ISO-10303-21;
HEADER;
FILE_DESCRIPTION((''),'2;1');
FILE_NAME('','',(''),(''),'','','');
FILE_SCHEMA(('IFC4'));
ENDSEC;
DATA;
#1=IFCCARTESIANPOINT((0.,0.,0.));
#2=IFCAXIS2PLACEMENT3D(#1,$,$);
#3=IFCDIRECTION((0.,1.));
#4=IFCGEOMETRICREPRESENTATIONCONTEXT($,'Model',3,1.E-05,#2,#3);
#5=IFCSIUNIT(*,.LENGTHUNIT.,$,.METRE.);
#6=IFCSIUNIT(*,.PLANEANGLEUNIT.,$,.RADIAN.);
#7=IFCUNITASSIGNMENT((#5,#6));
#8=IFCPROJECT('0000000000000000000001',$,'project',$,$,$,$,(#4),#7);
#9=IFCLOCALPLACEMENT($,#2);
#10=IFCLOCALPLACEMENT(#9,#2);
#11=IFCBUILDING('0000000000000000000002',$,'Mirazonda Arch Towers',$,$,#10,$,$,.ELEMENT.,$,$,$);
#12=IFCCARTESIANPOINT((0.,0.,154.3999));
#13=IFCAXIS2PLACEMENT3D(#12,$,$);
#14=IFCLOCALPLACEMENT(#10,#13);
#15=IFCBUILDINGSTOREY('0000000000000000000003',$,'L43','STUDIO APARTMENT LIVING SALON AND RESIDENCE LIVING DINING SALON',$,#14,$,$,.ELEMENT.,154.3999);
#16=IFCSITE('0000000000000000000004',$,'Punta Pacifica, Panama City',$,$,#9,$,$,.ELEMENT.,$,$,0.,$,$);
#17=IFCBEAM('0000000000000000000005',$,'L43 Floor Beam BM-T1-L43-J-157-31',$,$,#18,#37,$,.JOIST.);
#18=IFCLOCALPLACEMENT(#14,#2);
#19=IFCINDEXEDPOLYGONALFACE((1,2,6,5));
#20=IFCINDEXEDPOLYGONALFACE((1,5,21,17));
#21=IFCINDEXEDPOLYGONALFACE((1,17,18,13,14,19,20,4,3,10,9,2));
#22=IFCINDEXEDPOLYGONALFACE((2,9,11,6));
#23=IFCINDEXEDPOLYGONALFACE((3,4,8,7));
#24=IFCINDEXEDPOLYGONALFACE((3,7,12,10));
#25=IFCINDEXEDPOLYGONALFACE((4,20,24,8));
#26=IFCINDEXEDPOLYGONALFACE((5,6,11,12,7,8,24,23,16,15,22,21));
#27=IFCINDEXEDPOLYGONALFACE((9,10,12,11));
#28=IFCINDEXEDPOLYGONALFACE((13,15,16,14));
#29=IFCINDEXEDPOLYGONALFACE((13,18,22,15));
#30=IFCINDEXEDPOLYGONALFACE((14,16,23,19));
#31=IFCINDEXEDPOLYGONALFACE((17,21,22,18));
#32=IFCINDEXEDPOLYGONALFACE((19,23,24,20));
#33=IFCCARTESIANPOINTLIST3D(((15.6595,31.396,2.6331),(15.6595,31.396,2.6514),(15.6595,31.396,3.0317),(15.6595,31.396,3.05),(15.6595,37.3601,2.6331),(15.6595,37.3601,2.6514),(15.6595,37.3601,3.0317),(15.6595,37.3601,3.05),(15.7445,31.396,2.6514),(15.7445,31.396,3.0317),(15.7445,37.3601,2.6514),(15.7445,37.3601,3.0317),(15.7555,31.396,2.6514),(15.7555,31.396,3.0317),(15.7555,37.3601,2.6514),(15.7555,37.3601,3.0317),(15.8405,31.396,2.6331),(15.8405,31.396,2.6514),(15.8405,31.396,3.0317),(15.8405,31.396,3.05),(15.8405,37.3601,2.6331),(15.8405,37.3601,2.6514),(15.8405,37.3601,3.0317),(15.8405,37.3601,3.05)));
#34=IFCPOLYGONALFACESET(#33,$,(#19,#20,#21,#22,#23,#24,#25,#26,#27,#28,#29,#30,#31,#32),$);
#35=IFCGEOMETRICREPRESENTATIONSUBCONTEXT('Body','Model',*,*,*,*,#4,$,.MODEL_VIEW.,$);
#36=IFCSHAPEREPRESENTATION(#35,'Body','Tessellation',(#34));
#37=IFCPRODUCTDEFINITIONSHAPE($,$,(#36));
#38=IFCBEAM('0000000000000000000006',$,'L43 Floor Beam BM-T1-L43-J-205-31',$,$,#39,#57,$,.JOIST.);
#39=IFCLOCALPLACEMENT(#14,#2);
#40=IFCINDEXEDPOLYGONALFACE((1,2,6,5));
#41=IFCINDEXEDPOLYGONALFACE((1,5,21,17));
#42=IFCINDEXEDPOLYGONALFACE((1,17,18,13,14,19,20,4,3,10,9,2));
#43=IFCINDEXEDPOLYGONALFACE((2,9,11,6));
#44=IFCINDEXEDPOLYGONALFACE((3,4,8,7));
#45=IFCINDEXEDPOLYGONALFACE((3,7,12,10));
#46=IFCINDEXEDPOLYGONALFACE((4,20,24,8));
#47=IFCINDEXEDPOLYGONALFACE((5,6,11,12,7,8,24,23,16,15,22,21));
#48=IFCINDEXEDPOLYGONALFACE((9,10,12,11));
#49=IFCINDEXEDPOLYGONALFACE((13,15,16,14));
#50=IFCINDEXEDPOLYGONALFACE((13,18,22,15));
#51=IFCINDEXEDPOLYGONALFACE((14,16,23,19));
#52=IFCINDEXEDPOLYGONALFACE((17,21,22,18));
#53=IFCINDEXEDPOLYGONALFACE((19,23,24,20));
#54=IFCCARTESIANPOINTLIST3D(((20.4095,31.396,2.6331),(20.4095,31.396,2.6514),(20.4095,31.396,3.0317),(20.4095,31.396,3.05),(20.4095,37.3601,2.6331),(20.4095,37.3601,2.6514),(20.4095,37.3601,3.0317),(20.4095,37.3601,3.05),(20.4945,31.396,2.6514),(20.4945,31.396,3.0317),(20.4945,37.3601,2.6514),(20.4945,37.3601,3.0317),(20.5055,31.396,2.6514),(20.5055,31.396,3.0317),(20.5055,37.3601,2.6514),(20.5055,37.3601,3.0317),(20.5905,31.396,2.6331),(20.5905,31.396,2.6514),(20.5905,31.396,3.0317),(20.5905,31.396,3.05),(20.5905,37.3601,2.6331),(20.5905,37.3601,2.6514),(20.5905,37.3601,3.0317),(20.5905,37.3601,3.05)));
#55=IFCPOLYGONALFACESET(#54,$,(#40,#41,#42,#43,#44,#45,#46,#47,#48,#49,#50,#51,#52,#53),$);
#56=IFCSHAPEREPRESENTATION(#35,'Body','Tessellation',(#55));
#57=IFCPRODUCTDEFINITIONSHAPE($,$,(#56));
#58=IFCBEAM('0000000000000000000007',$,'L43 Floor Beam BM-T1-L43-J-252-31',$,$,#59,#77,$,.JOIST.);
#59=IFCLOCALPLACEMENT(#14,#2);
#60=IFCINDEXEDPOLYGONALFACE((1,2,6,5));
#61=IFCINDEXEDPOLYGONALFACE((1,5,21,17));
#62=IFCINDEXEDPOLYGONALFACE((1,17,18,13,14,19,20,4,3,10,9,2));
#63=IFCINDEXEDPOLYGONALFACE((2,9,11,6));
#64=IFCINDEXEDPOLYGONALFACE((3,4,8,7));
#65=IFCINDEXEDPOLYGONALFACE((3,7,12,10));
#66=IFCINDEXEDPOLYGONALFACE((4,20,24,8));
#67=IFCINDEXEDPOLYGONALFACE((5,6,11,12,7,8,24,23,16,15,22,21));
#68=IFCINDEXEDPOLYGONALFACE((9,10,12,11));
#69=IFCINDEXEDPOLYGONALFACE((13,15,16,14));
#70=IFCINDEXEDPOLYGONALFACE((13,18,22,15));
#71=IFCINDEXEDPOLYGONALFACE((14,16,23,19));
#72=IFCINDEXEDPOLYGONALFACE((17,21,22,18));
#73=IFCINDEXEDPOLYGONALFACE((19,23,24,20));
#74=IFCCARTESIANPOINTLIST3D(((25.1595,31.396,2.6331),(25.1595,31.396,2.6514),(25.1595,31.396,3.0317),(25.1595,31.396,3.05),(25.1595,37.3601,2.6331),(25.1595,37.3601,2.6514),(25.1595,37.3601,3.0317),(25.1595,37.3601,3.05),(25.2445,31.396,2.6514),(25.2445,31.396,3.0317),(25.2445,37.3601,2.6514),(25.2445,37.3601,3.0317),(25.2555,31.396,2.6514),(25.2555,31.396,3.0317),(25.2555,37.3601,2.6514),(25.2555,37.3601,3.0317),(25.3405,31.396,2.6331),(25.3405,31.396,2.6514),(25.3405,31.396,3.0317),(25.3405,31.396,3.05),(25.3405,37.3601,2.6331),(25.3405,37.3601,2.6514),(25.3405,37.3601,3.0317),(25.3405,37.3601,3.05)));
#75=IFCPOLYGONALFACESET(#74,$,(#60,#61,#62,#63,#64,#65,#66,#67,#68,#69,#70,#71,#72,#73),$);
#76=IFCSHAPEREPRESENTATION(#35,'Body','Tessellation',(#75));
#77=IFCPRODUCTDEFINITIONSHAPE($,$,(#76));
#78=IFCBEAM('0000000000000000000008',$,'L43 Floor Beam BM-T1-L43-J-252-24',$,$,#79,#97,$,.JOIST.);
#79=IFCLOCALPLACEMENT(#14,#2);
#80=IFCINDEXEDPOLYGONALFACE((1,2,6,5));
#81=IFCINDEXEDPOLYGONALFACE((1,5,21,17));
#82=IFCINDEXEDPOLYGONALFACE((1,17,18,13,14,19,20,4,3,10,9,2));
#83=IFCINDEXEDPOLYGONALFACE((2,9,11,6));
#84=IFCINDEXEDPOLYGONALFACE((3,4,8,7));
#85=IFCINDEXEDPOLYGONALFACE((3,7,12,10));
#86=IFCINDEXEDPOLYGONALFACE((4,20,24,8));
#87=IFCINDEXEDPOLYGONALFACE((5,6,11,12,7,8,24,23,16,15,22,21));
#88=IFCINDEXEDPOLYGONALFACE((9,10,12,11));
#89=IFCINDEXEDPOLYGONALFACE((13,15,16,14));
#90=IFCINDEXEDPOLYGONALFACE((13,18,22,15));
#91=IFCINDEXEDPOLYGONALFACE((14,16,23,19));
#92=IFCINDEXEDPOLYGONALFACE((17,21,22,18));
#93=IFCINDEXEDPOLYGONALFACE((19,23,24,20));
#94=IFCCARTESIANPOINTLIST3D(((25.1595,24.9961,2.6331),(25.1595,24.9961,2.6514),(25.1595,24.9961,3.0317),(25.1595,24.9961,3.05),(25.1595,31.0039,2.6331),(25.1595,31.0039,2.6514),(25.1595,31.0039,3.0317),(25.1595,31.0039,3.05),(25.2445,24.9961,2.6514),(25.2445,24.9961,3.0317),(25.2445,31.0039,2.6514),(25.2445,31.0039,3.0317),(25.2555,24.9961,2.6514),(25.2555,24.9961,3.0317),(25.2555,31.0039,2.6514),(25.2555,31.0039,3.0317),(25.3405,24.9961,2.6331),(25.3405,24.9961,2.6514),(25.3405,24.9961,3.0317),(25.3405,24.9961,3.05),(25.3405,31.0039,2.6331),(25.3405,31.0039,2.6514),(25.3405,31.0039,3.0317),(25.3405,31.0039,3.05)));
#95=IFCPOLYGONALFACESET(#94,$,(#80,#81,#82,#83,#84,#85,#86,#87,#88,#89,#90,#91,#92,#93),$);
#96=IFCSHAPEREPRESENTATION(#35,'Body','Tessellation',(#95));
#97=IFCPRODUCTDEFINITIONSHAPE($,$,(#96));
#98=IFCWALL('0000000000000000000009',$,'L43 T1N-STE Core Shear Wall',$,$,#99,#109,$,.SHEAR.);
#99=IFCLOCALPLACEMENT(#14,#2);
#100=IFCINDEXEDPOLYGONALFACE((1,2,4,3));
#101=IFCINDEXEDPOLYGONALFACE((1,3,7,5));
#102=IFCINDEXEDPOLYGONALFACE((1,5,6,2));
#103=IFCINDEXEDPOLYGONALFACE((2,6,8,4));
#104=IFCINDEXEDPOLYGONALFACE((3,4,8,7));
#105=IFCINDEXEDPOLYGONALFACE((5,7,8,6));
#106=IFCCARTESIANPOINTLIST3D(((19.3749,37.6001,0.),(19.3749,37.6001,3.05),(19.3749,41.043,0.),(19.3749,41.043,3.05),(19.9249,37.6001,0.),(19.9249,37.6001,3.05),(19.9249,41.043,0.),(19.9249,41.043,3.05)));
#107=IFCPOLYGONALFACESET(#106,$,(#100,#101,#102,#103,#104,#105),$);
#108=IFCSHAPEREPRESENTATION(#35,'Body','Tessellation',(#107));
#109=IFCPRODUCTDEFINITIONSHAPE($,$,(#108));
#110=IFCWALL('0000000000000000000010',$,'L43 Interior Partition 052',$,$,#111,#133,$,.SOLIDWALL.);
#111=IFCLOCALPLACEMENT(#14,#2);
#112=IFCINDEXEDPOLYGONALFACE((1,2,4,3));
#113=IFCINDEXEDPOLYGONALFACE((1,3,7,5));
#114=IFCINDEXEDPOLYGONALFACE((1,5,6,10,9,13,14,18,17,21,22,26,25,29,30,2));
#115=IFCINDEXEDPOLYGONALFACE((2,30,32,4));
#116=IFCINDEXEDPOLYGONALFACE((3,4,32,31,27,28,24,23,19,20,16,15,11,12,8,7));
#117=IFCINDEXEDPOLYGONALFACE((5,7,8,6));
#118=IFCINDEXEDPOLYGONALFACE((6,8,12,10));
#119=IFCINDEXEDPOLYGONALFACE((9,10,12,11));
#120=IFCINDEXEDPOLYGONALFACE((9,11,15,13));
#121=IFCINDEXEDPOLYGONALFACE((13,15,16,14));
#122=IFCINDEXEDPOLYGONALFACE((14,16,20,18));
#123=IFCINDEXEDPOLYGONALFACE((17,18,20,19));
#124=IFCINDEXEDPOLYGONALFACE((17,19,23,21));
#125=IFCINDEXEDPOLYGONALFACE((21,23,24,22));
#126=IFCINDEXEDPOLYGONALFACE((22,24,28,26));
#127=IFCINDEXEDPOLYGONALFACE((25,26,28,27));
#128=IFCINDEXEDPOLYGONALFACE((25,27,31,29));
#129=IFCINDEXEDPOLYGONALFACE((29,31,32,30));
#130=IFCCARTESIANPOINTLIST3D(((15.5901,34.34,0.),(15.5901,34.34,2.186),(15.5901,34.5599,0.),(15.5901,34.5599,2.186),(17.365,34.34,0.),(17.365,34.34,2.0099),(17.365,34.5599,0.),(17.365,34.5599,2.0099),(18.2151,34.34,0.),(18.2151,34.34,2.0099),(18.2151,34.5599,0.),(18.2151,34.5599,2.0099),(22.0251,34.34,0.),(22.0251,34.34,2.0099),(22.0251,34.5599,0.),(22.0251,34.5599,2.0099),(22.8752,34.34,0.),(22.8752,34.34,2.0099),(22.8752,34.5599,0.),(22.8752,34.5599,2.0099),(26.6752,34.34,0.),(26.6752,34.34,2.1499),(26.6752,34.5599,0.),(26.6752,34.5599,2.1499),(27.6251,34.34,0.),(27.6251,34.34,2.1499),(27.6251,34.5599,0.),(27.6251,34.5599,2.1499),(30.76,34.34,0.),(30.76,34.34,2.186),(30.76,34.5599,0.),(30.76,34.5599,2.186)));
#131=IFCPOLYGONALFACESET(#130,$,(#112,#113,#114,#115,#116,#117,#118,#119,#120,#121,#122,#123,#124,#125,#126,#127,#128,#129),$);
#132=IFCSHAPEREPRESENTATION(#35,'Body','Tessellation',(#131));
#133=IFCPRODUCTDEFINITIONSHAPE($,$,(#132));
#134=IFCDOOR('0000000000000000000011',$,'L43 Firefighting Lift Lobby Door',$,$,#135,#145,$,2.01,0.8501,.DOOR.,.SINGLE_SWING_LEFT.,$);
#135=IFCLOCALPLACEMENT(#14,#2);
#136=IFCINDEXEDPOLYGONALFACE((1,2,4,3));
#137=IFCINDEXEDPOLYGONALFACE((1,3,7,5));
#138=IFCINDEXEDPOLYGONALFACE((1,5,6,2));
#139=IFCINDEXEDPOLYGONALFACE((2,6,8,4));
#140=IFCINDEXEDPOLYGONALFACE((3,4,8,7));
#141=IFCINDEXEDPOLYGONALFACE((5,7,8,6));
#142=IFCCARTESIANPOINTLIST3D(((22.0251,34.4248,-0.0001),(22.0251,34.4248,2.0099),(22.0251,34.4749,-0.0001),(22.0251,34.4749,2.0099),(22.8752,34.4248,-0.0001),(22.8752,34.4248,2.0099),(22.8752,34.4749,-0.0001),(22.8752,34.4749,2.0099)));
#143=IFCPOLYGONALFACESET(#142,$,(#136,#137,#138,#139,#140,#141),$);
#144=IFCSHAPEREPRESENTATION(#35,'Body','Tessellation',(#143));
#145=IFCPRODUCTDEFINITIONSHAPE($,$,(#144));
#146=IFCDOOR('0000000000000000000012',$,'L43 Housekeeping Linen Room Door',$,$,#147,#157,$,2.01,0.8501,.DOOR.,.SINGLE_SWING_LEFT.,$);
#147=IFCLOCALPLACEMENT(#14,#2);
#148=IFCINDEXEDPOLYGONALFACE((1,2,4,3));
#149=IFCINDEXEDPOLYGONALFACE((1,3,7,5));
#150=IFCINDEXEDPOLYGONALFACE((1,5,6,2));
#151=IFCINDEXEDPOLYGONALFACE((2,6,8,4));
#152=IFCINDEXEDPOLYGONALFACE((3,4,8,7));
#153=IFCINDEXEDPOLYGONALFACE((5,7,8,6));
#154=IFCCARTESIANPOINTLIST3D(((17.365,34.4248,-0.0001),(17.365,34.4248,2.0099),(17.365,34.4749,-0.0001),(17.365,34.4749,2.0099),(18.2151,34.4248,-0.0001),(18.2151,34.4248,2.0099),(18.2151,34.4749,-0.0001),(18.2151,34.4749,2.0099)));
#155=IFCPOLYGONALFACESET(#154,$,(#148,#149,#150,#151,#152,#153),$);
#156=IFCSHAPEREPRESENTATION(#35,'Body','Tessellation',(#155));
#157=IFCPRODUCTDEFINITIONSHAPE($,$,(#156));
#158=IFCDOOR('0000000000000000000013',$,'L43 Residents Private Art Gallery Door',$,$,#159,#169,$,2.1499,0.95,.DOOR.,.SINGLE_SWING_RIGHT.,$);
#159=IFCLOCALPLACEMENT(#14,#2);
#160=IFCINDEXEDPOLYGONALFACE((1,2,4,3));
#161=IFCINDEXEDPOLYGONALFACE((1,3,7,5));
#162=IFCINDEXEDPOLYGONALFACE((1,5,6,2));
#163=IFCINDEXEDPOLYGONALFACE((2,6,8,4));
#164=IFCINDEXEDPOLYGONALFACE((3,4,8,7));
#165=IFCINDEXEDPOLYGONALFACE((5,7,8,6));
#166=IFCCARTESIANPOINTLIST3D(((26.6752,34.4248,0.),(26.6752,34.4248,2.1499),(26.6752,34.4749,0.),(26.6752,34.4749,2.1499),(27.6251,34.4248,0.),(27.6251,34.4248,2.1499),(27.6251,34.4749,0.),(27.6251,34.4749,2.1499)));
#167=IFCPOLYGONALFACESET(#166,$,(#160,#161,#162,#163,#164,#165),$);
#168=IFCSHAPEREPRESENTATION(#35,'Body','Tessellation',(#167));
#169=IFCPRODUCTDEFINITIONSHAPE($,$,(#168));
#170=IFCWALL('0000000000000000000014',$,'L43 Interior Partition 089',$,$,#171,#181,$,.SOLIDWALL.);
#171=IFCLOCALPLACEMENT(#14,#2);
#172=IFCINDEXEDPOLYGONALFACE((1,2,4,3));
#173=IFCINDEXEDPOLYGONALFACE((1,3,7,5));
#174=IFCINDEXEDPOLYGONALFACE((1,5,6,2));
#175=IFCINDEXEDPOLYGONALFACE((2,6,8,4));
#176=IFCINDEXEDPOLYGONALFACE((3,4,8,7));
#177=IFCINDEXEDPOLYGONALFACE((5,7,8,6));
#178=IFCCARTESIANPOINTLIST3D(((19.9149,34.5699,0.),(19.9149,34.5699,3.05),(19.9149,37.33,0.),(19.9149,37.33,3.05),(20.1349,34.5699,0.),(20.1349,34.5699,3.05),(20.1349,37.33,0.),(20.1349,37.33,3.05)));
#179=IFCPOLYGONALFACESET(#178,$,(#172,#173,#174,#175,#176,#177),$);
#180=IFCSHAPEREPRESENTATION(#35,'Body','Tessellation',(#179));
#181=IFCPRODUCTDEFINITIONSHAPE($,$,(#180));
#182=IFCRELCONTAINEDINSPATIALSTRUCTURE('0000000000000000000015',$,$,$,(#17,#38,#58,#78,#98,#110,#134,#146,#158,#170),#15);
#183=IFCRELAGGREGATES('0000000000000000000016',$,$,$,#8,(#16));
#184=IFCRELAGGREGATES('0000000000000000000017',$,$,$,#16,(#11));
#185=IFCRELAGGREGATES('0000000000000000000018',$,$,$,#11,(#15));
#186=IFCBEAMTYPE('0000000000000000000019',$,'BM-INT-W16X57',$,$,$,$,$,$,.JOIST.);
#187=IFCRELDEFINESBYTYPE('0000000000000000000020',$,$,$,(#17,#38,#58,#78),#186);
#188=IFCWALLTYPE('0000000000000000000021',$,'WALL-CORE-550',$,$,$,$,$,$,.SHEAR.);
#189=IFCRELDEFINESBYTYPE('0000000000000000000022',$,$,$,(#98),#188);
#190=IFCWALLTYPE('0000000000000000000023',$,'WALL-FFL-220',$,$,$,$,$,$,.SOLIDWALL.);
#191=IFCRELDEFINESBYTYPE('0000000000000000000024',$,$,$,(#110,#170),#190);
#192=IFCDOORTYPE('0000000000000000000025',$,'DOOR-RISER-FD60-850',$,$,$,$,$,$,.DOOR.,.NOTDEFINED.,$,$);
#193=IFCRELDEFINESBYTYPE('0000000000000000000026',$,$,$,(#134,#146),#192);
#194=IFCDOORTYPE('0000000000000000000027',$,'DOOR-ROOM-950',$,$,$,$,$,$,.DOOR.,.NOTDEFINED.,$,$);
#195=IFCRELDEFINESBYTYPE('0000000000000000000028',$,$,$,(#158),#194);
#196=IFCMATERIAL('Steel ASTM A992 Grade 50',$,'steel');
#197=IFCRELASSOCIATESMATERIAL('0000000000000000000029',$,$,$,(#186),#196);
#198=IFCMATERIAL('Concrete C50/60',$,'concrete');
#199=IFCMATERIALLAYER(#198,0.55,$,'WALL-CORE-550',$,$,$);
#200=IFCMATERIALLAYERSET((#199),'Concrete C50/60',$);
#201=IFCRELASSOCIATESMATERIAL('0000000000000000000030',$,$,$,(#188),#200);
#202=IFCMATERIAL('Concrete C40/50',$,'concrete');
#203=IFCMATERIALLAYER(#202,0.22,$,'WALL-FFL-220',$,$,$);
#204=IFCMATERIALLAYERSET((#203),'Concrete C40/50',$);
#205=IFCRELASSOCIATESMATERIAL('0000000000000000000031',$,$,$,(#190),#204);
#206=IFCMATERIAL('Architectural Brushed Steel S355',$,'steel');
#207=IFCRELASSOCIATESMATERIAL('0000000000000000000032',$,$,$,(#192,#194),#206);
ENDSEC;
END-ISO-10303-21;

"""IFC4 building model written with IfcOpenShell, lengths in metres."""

from ifc_helpers import new_model, si_unit, direction, frame, frame_2d, origin, origin_2d, place, context, subcontext, project, spatial, rectangle, i_section, extrude, material, layer, layer_set, material_profile, profile_set, type_object, element, fill, save


model = new_model("IFC4")

# Units and contexts
model_context = context("Model", 3, precision=1e-05, world=origin(), true_north=direction((0.0, 1.0)))
body_context = subcontext(model_context, "Body", "Model", "MODEL_VIEW")
ifc_project = project(units=[si_unit("LENGTHUNIT", "METRE"), si_unit("PLANEANGLEUNIT", "RADIAN")], contexts=[model_context])

# Site, building, storey
site_placement = place(None, origin())
site = spatial("IfcSite", under=ifc_project, at=site_placement, Name="Punta Pacifica, Panama City", CompositionType="ELEMENT", RefElevation=0.0)
building_placement = place(site_placement, origin())
building = spatial("IfcBuilding", under=site, at=building_placement, Name="Mirazonda Arch Towers", CompositionType="ELEMENT")
storey_placement = place(building_placement, frame((0.0, 0.0, 154.3999)))
storey = spatial("IfcBuildingStorey", under=building, at=storey_placement, Name="L43", Description="STUDIO APARTMENT LIVING SALON AND RESIDENCE LIVING DINING SALON", CompositionType="ELEMENT", Elevation=154.3999)

# Beams
ifc_material_1 = material(Name="Steel ASTM A992 Grade 50", Category="steel")
ifc_material_profile = material_profile(ifc_material_1, i_section(OverallWidth=0.1809, OverallDepth=0.417, WebThickness=0.011, FlangeThickness=0.0183, at=origin_2d()), Name="W16X57")
ifc_profile_set = profile_set([ifc_material_profile], Name="Steel ASTM A992 Grade 50")
beam_type = type_object("IfcBeamType", Name="BM-INT-W16X57", PredefinedType="JOIST", material=ifc_profile_set)
for number, where, z_axis, x_axis, name in (
    (1, (15.75, 31.396, 2.8416), (0.0, 1.0, 0.0), (-1.0, 0.0, 0.0), "L43 Floor Beam BM-T1-L43-J-157-31"),
    (2, (20.5, 31.396, 2.8416), (0.0, 1.0, 0.0), (-1.0, 0.0, 0.0), "L43 Floor Beam BM-T1-L43-J-205-31"),
    (3, (25.25, 31.396, 2.8416), (0.0, 1.0, 0.0), (-1.0, 0.0, 0.0), "L43 Floor Beam BM-T1-L43-J-252-31"),
):
    element("IfcBeam", number, at=place(storey_placement, frame(where, z_axis=z_axis, x_axis=x_axis)), inside=storey, type_object=beam_type, Name=name, PredefinedType="JOIST", context=body_context, shape_type="SweptSolid", body=[
        extrude(i_section(OverallWidth=0.1809, OverallDepth=0.417, WebThickness=0.011, FlangeThickness=0.0183, at=origin_2d()), origin(), (0.0, 0.0, 1.0), 5.9641),
    ])
beam_placement = place(storey_placement, frame((25.25, 24.9961, 2.8416), z_axis=(0.0, 1.0, 0.0), x_axis=(-1.0, 0.0, 0.0)))
element("IfcBeam", 4, at=beam_placement, inside=storey, type_object=beam_type, Name="L43 Floor Beam BM-T1-L43-J-252-24", PredefinedType="JOIST", context=body_context, shape_type="SweptSolid", body=[
    extrude(i_section(OverallWidth=0.1809, OverallDepth=0.417, WebThickness=0.011, FlangeThickness=0.0183, at=origin_2d()), origin(), (0.0, 0.0, 1.0), 6.0078),
])

# Wall
ifc_material_2 = material(Name="Concrete C50/60", Category="concrete")
ifc_layer_1 = layer(ifc_material_2, 0.55, Name="WALL-CORE-550")
ifc_layer_set_1 = layer_set([ifc_layer_1], Name="Concrete C50/60")
wall_type_1 = type_object("IfcWallType", Name="WALL-CORE-550", PredefinedType="SHEAR", material=ifc_layer_set_1)
wall_1_placement = place(storey_placement, frame((19.6499, 37.6001, 0.0), z_axis=(0.0, 0.0, 1.0), x_axis=(0.0, 1.0, 0.0)))
element("IfcWall", 5, at=wall_1_placement, inside=storey, type_object=wall_type_1, Name="L43 T1N-STE Core Shear Wall", PredefinedType="SHEAR", context=body_context, shape_type="SweptSolid", body=[
    extrude(rectangle(XDim=3.4429, YDim=0.55, at=frame_2d((1.7214, 0.0))), origin(), (0.0, 0.0, 1.0), 3.05),
])

# Wall, openings, doors
ifc_material_3 = material(Name="Concrete C40/50", Category="concrete")
ifc_layer_2 = layer(ifc_material_3, 0.22, Name="WALL-FFL-220")
ifc_layer_set_2 = layer_set([ifc_layer_2], Name="Concrete C40/50")
wall_type_2 = type_object("IfcWallType", Name="WALL-FFL-220", PredefinedType="SOLIDWALL", material=ifc_layer_set_2)
wall_2_placement = place(storey_placement, frame((15.5901, 34.45, 0.0), z_axis=(0.0, 0.0, 1.0), x_axis=(1.0, 0.0, 0.0)))
wall_2 = element("IfcWall", 6, at=wall_2_placement, inside=storey, type_object=wall_type_2, Name="L43 Interior Partition 052", PredefinedType="SOLIDWALL", context=body_context, shape_type="SweptSolid", body=[
    extrude(rectangle(XDim=15.1699, YDim=0.22, at=frame_2d((7.585, 0.0))), origin(), (0.0, 0.0, 1.0), 2.186),
])
opening_1_placement = place(wall_2_placement, frame((6.4351, 0.0, 0.0)))
opening_1 = element("IfcOpeningElement", 7, at=opening_1_placement, cuts=wall_2, PredefinedType="OPENING", context=body_context, shape_type="SweptSolid", body=[
    extrude(rectangle(XDim=0.8501, YDim=2.01, at=frame_2d((0.425, 1.0049))), frame((0.0, 0.1199, 0.0), z_axis=(0.0, -1.0, 0.0), x_axis=(1.0, 0.0, 0.0)), (0.0, 0.0, 1.0), 0.24),
])
opening_2_placement = place(wall_2_placement, frame((11.085, 0.0, 0.0)))
opening_2 = element("IfcOpeningElement", 8, at=opening_2_placement, cuts=wall_2, PredefinedType="OPENING", context=body_context, shape_type="SweptSolid", body=[
    extrude(rectangle(XDim=0.95, YDim=2.1499, at=frame_2d((0.4751, 1.075))), frame((0.0, 0.1199, 0.0), z_axis=(0.0, -1.0, 0.0), x_axis=(1.0, 0.0, 0.0)), (0.0, 0.0, 1.0), 0.24),
])
opening_3_placement = place(wall_2_placement, frame((1.7749, 0.0, 0.0)))
opening_3 = element("IfcOpeningElement", 9, at=opening_3_placement, cuts=wall_2, PredefinedType="OPENING", context=body_context, shape_type="SweptSolid", body=[
    extrude(rectangle(XDim=0.8501, YDim=2.01, at=frame_2d((0.425, 1.0049))), frame((0.0, 0.1199, 0.0), z_axis=(0.0, -1.0, 0.0), x_axis=(1.0, 0.0, 0.0)), (0.0, 0.0, 1.0), 0.24),
])
ifc_material_4 = material(Name="Architectural Brushed Steel S355", Category="steel")
door_type_1 = type_object("IfcDoorType", Name="DOOR-RISER-FD60-850", OperationType="NOTDEFINED", PredefinedType="DOOR", material=ifc_material_4)
door_1_placement = place(opening_1_placement, origin())
door_1 = element("IfcDoor", 10, at=door_1_placement, inside=storey, type_object=door_type_1, Name="L43 Firefighting Lift Lobby Door", OperationType="SINGLE_SWING_LEFT", OverallHeight=2.01, OverallWidth=0.8501, PredefinedType="DOOR", context=body_context, shape_type="SweptSolid", body=[
    extrude(rectangle(XDim=0.8501, YDim=2.01, at=frame_2d((0.425, 1.0049))), frame((0.0, 0.0249, 0.0), z_axis=(0.0, -1.0, 0.0), x_axis=(1.0, 0.0, 0.0)), (0.0, 0.0, 1.0), 0.05),
])
fill(opening_1, door_1)
door_2_placement = place(opening_3_placement, origin())
door_2 = element("IfcDoor", 11, at=door_2_placement, inside=storey, type_object=door_type_1, Name="L43 Housekeeping Linen Room Door", OperationType="SINGLE_SWING_LEFT", OverallHeight=2.01, OverallWidth=0.8501, PredefinedType="DOOR", context=body_context, shape_type="SweptSolid", body=[
    extrude(rectangle(XDim=0.8501, YDim=2.01, at=frame_2d((0.425, 1.0049))), frame((0.0, 0.0249, 0.0), z_axis=(0.0, -1.0, 0.0), x_axis=(1.0, 0.0, 0.0)), (0.0, 0.0, 1.0), 0.05),
])
fill(opening_3, door_2)
door_type_2 = type_object("IfcDoorType", Name="DOOR-ROOM-950", OperationType="NOTDEFINED", PredefinedType="DOOR", material=ifc_material_4)
door_3_placement = place(opening_2_placement, origin())
door_3 = element("IfcDoor", 12, at=door_3_placement, inside=storey, type_object=door_type_2, Name="L43 Residents Private Art Gallery Door", OperationType="SINGLE_SWING_RIGHT", OverallHeight=2.1499, OverallWidth=0.95, PredefinedType="DOOR", context=body_context, shape_type="SweptSolid", body=[
    extrude(rectangle(XDim=0.95, YDim=2.1499, at=frame_2d((0.4751, 1.075))), frame((0.0, 0.0249, 0.0), z_axis=(0.0, -1.0, 0.0), x_axis=(1.0, 0.0, 0.0)), (0.0, 0.0, 1.0), 0.05),
])
fill(opening_2, door_3)

# Wall
for number, where, z_axis, x_axis, name in (
    (13, (20.0249, 34.5701, 0.0), (0.0, 0.0, 1.0), (0.0, 1.0, 0.0), "L43 Interior Partition 089"),
):
    element("IfcWall", number, at=place(storey_placement, frame(where, z_axis=z_axis, x_axis=x_axis)), inside=storey, type_object=wall_type_2, Name=name, PredefinedType="SOLIDWALL", context=body_context, shape_type="SweptSolid", body=[
        extrude(rectangle(XDim=2.76, YDim=0.22, at=frame_2d((1.3799, 0.0))), origin(), (0.0, 0.0, 1.0), 3.05),
    ])

save(model, "model.ifc")
